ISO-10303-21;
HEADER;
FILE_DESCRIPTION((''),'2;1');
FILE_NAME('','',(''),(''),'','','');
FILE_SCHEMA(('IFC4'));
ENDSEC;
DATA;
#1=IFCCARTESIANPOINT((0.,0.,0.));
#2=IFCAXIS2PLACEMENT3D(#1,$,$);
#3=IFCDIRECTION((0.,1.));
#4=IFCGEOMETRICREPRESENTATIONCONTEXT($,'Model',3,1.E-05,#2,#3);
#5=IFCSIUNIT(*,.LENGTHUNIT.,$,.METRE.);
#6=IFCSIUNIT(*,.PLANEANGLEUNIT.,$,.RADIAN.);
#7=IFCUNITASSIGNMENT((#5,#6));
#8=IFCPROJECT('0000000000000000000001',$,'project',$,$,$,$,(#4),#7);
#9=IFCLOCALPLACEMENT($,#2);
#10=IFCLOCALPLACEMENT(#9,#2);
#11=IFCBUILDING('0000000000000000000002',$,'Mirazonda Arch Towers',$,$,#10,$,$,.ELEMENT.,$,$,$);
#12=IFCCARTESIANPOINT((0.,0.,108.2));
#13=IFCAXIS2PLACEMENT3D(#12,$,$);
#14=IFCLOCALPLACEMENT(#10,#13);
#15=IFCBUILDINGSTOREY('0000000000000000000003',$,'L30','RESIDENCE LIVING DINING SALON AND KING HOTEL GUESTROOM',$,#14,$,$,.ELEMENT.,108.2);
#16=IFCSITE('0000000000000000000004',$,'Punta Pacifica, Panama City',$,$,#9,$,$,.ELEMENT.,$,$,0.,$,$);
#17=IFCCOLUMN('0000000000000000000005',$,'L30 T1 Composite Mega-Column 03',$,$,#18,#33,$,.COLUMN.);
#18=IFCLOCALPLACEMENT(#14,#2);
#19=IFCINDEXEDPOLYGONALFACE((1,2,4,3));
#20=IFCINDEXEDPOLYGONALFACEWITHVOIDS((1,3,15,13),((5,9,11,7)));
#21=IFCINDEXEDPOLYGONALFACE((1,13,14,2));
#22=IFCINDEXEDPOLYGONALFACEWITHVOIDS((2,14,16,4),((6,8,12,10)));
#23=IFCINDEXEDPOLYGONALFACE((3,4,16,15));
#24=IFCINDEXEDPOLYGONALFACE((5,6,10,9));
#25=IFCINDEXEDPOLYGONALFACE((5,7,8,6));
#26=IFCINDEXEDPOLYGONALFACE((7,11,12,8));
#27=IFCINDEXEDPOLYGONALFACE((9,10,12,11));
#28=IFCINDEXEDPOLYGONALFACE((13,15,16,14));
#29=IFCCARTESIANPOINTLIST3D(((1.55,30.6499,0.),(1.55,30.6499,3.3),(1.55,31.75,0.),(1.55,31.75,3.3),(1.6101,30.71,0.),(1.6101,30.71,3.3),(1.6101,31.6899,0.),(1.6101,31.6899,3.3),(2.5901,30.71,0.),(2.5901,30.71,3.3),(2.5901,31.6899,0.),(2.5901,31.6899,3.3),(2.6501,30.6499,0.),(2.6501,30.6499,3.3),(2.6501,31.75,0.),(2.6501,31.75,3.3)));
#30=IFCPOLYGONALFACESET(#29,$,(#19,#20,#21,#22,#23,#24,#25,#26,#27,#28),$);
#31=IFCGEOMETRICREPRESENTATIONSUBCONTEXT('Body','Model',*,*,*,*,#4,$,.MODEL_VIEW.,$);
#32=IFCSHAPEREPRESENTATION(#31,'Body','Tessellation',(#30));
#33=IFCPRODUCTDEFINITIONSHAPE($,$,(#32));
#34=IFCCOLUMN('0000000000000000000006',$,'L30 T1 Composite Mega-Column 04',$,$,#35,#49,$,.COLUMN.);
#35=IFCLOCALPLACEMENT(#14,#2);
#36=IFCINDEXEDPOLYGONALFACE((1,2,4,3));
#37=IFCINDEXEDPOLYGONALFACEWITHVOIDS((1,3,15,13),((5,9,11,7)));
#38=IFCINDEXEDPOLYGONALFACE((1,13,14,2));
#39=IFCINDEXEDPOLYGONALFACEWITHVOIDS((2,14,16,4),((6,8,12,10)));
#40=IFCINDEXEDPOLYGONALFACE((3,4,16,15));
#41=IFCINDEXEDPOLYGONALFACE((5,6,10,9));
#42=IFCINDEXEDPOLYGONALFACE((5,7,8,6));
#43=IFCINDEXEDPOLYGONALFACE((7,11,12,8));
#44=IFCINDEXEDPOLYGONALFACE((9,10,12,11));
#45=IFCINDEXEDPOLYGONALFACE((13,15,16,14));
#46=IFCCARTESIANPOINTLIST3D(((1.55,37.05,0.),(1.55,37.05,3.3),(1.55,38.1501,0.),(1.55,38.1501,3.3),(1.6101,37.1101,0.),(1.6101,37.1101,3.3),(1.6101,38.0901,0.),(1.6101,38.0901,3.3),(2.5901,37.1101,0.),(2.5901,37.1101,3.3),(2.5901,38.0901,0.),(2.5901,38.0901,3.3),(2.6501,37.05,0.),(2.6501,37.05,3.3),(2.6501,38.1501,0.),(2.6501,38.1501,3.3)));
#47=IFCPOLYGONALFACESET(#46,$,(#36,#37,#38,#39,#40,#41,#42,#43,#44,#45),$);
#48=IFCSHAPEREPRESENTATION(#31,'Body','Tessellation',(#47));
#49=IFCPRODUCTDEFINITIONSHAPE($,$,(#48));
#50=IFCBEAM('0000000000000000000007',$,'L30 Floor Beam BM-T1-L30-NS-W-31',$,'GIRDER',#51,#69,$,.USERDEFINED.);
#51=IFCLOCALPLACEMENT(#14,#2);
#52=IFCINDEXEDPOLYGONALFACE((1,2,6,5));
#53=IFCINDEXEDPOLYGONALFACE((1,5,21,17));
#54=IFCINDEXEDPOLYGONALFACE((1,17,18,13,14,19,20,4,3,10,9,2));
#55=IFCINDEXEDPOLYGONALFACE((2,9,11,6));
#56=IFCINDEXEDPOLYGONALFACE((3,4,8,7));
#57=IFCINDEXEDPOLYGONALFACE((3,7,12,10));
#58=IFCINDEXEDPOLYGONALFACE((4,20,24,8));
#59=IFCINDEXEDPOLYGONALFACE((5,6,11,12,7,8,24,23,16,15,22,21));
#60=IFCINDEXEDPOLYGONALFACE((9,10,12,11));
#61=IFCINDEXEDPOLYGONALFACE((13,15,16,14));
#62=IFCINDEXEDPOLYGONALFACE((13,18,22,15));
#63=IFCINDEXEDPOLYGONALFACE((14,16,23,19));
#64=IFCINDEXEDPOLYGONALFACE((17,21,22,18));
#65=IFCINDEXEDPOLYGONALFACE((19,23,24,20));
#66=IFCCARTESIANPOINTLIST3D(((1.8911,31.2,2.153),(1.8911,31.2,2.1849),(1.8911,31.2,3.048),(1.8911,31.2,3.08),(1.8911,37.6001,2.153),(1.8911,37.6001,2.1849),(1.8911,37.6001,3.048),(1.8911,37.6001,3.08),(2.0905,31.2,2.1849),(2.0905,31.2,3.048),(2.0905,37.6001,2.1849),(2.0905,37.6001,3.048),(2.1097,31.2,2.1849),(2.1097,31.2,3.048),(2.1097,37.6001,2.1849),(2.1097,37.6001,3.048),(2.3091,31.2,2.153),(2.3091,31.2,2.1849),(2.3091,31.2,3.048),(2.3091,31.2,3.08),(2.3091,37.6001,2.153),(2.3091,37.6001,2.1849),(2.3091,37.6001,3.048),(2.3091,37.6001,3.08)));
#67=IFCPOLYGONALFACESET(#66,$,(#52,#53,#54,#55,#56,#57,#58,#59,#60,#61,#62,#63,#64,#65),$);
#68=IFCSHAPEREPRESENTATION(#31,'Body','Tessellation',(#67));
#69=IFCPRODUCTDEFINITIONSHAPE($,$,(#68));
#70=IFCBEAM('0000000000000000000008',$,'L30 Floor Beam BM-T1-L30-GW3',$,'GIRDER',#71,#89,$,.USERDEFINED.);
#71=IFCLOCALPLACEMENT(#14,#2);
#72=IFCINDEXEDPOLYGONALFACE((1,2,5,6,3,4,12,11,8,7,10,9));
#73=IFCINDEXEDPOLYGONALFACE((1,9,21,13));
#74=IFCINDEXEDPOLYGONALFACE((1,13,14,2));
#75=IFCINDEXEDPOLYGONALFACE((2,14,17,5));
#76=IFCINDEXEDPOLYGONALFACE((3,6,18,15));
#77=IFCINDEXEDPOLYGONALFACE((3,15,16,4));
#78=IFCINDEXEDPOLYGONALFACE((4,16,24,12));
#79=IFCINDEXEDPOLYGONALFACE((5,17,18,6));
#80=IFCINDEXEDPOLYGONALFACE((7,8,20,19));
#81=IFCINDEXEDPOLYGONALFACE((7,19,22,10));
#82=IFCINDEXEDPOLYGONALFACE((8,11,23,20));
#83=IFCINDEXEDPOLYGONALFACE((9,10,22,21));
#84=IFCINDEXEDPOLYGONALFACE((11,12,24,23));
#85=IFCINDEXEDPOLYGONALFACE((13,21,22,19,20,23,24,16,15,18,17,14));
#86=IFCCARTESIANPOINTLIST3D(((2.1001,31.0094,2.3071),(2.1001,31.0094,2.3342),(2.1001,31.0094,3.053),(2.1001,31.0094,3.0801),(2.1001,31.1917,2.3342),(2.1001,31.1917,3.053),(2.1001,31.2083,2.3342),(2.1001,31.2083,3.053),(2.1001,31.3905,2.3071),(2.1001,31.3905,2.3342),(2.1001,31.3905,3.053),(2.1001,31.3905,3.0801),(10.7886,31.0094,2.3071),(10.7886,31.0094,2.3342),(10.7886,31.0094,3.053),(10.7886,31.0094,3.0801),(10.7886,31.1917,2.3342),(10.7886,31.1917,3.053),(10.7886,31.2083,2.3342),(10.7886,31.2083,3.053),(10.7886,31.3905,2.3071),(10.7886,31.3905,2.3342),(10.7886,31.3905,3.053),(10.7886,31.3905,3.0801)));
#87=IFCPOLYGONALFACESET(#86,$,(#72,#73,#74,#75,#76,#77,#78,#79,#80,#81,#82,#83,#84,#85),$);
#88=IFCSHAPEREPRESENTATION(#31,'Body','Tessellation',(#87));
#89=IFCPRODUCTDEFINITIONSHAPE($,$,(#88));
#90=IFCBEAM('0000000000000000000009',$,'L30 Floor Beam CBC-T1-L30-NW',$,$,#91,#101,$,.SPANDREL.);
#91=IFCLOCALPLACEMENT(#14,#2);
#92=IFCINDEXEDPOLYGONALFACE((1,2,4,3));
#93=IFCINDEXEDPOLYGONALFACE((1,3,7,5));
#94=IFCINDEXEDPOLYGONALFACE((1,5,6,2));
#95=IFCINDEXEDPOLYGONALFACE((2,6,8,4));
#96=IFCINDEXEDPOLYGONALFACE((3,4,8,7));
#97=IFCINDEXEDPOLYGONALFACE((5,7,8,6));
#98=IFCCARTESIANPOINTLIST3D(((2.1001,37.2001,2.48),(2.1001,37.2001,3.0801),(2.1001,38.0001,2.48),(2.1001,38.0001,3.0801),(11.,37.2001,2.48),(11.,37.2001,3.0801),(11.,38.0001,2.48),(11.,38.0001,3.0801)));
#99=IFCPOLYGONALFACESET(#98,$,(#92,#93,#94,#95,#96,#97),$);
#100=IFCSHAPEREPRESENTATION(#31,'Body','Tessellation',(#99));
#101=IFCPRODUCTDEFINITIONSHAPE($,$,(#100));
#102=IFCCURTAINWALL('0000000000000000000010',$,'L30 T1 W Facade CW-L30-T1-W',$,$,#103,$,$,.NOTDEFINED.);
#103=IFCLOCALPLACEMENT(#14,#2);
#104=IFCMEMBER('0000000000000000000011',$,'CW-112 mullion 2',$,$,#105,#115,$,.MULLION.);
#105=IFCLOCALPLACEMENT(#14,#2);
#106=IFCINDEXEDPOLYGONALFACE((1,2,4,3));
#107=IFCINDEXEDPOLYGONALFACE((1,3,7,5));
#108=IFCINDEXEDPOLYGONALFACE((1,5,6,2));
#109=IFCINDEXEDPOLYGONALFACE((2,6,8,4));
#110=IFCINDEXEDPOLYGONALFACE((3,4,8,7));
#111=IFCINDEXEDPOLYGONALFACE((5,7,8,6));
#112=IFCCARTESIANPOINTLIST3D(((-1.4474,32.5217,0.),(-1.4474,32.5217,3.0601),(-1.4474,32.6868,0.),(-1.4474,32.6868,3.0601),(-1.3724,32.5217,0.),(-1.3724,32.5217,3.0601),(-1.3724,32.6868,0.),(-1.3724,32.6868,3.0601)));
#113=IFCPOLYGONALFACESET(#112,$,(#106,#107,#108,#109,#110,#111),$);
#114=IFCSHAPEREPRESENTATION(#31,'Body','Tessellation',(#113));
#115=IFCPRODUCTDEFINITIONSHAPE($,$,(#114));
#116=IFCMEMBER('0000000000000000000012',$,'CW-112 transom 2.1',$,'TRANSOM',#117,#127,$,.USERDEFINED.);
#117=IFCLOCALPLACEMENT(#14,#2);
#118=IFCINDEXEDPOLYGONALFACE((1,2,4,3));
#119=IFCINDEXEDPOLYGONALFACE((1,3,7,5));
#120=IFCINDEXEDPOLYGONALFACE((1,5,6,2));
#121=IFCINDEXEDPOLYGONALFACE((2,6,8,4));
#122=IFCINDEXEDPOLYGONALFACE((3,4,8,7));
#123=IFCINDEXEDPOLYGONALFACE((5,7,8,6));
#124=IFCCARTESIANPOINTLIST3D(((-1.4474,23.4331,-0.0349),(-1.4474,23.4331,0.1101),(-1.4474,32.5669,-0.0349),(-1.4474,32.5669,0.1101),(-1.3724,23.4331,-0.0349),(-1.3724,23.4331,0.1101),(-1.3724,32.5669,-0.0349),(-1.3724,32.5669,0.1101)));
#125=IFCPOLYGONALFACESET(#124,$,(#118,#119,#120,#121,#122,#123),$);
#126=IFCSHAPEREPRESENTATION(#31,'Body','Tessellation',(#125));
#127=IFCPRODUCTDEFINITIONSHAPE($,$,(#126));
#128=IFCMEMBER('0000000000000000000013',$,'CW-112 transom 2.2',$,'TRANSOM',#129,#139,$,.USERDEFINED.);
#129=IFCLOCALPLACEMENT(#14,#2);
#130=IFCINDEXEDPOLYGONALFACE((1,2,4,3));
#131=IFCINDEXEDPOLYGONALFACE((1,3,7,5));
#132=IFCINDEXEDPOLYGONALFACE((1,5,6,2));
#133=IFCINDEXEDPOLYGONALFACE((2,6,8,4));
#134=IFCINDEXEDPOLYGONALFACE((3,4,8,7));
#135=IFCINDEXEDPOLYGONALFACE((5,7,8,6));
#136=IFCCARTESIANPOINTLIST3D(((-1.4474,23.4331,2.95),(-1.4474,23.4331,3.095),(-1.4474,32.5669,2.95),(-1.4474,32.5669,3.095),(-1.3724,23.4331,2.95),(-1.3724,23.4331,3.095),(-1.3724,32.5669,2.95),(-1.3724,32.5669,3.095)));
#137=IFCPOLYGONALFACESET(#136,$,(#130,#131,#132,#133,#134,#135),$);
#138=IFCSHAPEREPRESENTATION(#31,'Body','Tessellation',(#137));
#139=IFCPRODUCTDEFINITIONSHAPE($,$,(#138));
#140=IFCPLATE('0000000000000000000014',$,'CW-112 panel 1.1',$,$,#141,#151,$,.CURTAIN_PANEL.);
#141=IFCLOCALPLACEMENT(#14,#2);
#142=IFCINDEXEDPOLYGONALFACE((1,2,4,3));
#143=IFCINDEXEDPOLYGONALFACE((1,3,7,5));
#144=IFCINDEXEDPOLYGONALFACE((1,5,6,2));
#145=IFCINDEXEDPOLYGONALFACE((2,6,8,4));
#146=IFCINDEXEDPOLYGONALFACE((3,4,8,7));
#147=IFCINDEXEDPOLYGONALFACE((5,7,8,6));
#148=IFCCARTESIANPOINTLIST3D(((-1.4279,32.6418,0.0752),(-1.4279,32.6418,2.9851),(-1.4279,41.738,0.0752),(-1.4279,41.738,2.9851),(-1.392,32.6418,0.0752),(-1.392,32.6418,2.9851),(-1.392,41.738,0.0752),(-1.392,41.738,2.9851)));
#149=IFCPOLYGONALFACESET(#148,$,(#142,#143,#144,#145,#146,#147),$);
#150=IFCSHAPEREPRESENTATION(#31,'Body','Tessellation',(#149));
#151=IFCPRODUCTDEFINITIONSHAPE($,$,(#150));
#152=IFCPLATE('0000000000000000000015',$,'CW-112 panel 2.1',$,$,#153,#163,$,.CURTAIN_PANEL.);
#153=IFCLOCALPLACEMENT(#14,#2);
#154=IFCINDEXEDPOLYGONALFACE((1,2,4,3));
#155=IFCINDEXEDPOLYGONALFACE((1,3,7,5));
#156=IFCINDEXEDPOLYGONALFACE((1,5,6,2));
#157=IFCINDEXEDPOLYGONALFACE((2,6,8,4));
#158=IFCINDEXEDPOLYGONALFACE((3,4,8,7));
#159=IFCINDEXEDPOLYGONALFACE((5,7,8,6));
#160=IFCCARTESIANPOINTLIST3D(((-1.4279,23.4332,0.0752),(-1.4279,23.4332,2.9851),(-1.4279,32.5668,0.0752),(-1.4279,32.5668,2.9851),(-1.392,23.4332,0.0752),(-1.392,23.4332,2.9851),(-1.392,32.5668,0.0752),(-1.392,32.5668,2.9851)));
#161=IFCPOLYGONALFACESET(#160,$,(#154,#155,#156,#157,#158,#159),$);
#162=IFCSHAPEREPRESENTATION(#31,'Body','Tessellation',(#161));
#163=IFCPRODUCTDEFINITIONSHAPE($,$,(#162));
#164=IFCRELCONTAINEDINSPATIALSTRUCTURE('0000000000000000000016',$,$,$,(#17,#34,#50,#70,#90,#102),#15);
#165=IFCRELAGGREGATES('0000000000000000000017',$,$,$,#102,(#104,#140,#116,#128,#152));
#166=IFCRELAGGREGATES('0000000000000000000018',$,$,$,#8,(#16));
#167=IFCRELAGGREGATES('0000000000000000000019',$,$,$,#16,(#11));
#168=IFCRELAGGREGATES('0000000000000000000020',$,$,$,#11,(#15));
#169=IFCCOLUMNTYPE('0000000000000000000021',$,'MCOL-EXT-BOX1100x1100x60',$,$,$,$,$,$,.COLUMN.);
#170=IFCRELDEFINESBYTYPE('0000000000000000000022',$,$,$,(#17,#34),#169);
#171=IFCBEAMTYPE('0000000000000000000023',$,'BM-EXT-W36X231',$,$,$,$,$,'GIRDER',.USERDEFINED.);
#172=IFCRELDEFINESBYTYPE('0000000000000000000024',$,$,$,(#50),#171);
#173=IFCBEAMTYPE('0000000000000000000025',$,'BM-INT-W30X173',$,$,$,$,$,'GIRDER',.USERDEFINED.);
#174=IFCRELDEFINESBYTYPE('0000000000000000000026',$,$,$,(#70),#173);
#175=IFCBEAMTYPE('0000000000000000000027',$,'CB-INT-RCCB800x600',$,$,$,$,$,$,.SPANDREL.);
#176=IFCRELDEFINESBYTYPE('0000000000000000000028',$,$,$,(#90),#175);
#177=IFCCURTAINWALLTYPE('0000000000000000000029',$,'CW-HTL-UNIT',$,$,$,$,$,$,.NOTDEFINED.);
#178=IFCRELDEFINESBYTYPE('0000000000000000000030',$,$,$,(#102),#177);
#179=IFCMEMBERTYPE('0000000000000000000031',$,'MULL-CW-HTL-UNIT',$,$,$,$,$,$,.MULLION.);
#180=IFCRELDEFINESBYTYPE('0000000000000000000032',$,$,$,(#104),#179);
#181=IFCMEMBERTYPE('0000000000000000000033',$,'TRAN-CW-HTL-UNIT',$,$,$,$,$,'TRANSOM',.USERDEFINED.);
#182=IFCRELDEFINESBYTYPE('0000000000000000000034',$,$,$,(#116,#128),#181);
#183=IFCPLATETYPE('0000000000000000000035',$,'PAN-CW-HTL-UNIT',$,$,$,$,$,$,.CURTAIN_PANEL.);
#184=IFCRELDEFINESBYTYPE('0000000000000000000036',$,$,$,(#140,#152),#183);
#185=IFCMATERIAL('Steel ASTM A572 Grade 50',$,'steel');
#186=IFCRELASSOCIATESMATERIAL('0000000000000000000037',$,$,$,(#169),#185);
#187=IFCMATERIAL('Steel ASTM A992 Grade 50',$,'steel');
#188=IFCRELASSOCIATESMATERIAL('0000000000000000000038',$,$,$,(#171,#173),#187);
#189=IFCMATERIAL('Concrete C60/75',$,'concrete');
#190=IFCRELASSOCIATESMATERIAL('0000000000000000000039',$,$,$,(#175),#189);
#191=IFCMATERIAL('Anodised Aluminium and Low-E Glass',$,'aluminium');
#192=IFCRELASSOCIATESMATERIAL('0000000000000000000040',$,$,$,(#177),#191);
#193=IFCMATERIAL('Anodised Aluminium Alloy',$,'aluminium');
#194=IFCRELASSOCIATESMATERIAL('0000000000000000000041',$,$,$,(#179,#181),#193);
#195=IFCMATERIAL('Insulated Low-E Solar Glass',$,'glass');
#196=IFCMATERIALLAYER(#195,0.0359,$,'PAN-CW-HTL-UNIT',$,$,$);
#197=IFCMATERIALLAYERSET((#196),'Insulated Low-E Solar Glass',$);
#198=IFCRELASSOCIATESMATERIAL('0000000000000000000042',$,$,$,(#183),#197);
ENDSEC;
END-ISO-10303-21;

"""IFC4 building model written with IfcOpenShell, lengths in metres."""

from ifc_helpers import new_model, si_unit, direction, frame, origin, origin_2d, place, context, subcontext, project, spatial, rectangle, hollow_rectangle, i_section, extrude, material, layer, layer_set, material_profile, profile_set, type_object, element, aggregate, save


model = new_model("IFC4")

# Units and contexts
model_context = context("Model", 3, precision=1e-05, world=origin(), true_north=direction((0.0, 1.0)))
body_context = subcontext(model_context, "Body", "Model", "MODEL_VIEW")
ifc_project = project(units=[si_unit("LENGTHUNIT", "METRE"), si_unit("PLANEANGLEUNIT", "RADIAN")], contexts=[model_context])

# Site, building, storey
site_placement = place(None, origin())
site = spatial("IfcSite", under=ifc_project, at=site_placement, Name="Punta Pacifica, Panama City", CompositionType="ELEMENT", RefElevation=0.0)
building_placement = place(site_placement, origin())
building = spatial("IfcBuilding", under=site, at=building_placement, Name="Mirazonda Arch Towers", CompositionType="ELEMENT")
storey_placement = place(building_placement, frame((0.0, 0.0, 108.2)))
storey = spatial("IfcBuildingStorey", under=building, at=storey_placement, Name="L30", Description="RESIDENCE LIVING DINING SALON AND KING HOTEL GUESTROOM", CompositionType="ELEMENT", Elevation=108.2)

# Columns
ifc_material_1 = material(Name="Steel ASTM A572 Grade 50", Category="steel")
ifc_material_profile_1 = material_profile(ifc_material_1, hollow_rectangle(XDim=1.1001, YDim=1.1001, WallThickness=0.0601, at=origin_2d()), Name="BOX1100x1100x60")
ifc_profile_set_1 = profile_set([ifc_material_profile_1], Name="Steel ASTM A572 Grade 50")
column_type = type_object("IfcColumnType", Name="MCOL-EXT-BOX1100x1100x60", PredefinedType="COLUMN", material=ifc_profile_set_1)
for number, where, z_axis, x_axis, name in (
    (1, (2.1001, 31.2, 0.0), (0.0, 0.0, 1.0), (1.0, 0.0, 0.0), "L30 T1 Composite Mega-Column 03"),
    (2, (2.1001, 37.6001, 0.0), (0.0, 0.0, 1.0), (1.0, 0.0, 0.0), "L30 T1 Composite Mega-Column 04"),
):
    element("IfcColumn", number, at=place(storey_placement, frame(where, z_axis=z_axis, x_axis=x_axis)), inside=storey, type_object=column_type, Name=name, PredefinedType="COLUMN", context=body_context, shape_type="SweptSolid", body=[
        extrude(hollow_rectangle(XDim=1.1001, YDim=1.1001, WallThickness=0.0601, at=origin_2d()), origin(), (0.0, 0.0, 1.0), 3.3),
    ])

# Beams
ifc_material_2 = material(Name="Steel ASTM A992 Grade 50", Category="steel")
ifc_material_profile_2 = material_profile(ifc_material_2, i_section(OverallWidth=0.418, OverallDepth=0.927, WebThickness=0.0193, FlangeThickness=0.032, at=origin_2d()), Name="W36X231")
ifc_profile_set_2 = profile_set([ifc_material_profile_2], Name="Steel ASTM A992 Grade 50")
beam_type_1 = type_object("IfcBeamType", Name="BM-EXT-W36X231", ElementType="GIRDER", PredefinedType="USERDEFINED", material=ifc_profile_set_2)
beam_1_placement = place(storey_placement, frame((2.1001, 31.2, 2.6165), z_axis=(0.0, 1.0, 0.0), x_axis=(-1.0, 0.0, 0.0)))
element("IfcBeam", 3, at=beam_1_placement, inside=storey, type_object=beam_type_1, Name="L30 Floor Beam BM-T1-L30-NS-W-31", ObjectType="GIRDER", PredefinedType="USERDEFINED", context=body_context, shape_type="SweptSolid", body=[
    extrude(i_section(OverallWidth=0.418, OverallDepth=0.927, WebThickness=0.0193, FlangeThickness=0.032, at=origin_2d()), origin(), (0.0, 0.0, 1.0), 6.4001),
])
ifc_material_profile_3 = material_profile(ifc_material_2, i_section(OverallWidth=0.3811, OverallDepth=0.7729, WebThickness=0.0166, FlangeThickness=0.0271, at=origin_2d()), Name="W30X173")
ifc_profile_set_3 = profile_set([ifc_material_profile_3], Name="Steel ASTM A992 Grade 50")
beam_type_2 = type_object("IfcBeamType", Name="BM-INT-W30X173", ElementType="GIRDER", PredefinedType="USERDEFINED", material=ifc_profile_set_3)
beam_2_placement = place(storey_placement, frame((2.1001, 31.2, 2.6936), z_axis=(1.0, 0.0, 0.0), x_axis=(0.0, 1.0, 0.0)))
element("IfcBeam", 4, at=beam_2_placement, inside=storey, type_object=beam_type_2, Name="L30 Floor Beam BM-T1-L30-GW3", ObjectType="GIRDER", PredefinedType="USERDEFINED", context=body_context, shape_type="SweptSolid", body=[
    extrude(i_section(OverallWidth=0.3811, OverallDepth=0.7729, WebThickness=0.0166, FlangeThickness=0.0271, at=origin_2d()), origin(), (0.0, 0.0, 1.0), 8.6885),
])
ifc_material_3 = material(Name="Concrete C60/75", Category="concrete")
ifc_material_profile_4 = material_profile(ifc_material_3, rectangle(XDim=0.8, YDim=0.6001, at=origin_2d()), Name="RCCB800x600")
ifc_profile_set_4 = profile_set([ifc_material_profile_4], Name="Concrete C60/75")
beam_type_3 = type_object("IfcBeamType", Name="CB-INT-RCCB800x600", PredefinedType="SPANDREL", material=ifc_profile_set_4)
beam_3_placement = place(storey_placement, frame((2.1001, 37.6001, 2.78), z_axis=(1.0, 0.0, 0.0), x_axis=(0.0, 1.0, 0.0)))
element("IfcBeam", 5, at=beam_3_placement, inside=storey, type_object=beam_type_3, Name="L30 Floor Beam CBC-T1-L30-NW", PredefinedType="SPANDREL", context=body_context, shape_type="SweptSolid", body=[
    extrude(rectangle(XDim=0.8, YDim=0.6001, at=origin_2d()), origin(), (0.0, 0.0, 1.0), 8.8999),
])

# Curtain wall, members, plates
ifc_material_4 = material(Name="Anodised Aluminium and Low-E Glass", Category="aluminium")
curtain_wall_type = type_object("IfcCurtainWallType", Name="CW-HTL-UNIT", PredefinedType="NOTDEFINED", material=ifc_material_4)
curtain_wall_placement = place(storey_placement, origin())
curtain_wall = element("IfcCurtainWall", 6, at=curtain_wall_placement, inside=storey, type_object=curtain_wall_type, Name="L30 T1 W Facade CW-L30-T1-W", PredefinedType="NOTDEFINED")
ifc_material_5 = material(Name="Anodised Aluminium Alloy", Category="aluminium")
ifc_material_profile_5 = material_profile(ifc_material_5, rectangle(XDim=0.075, YDim=0.165, at=origin_2d()), Name="ALU-MULL-75x165")
ifc_profile_set_5 = profile_set([ifc_material_profile_5], Name="Anodised Aluminium Alloy")
member_type_1 = type_object("IfcMemberType", Name="MULL-CW-HTL-UNIT", PredefinedType="MULLION", material=ifc_profile_set_5)
member_1_placement = place(storey_placement, frame((-1.4099, 32.6042, 0.0), z_axis=(0.0, 0.0, 1.0), x_axis=(1.0, 0.0, 0.0)))
member_1 = element("IfcMember", 7, at=member_1_placement, type_object=member_type_1, Name="CW-112 mullion 2", PredefinedType="MULLION", context=body_context, shape_type="SweptSolid", body=[
    extrude(rectangle(XDim=0.075, YDim=0.165, at=origin_2d()), origin(), (0.0, 0.0, 1.0), 3.0601),
])
ifc_material_profile_6 = material_profile(ifc_material_5, rectangle(XDim=0.075, YDim=0.145, at=origin_2d()), Name="ALU-TRAN-75x145")
ifc_profile_set_6 = profile_set([ifc_material_profile_6], Name="Anodised Aluminium Alloy")
member_type_2 = type_object("IfcMemberType", Name="TRAN-CW-HTL-UNIT", ElementType="TRANSOM", PredefinedType="USERDEFINED", material=ifc_profile_set_6)
member_2_placement = place(storey_placement, frame((-1.4099, 32.5669, 0.0376), z_axis=(0.0, -1.0, 0.0), x_axis=(1.0, 0.0, 0.0)))
member_2 = element("IfcMember", 8, at=member_2_placement, type_object=member_type_2, Name="CW-112 transom 2.1", ObjectType="TRANSOM", PredefinedType="USERDEFINED", context=body_context, shape_type="SweptSolid", body=[
    extrude(rectangle(XDim=0.075, YDim=0.145, at=origin_2d()), origin(), (0.0, 0.0, 1.0), 9.1338),
])
member_3_placement = place(storey_placement, frame((-1.4099, 32.5669, 3.0225), z_axis=(0.0, -1.0, 0.0), x_axis=(1.0, 0.0, 0.0)))
member_3 = element("IfcMember", 9, at=member_3_placement, type_object=member_type_2, Name="CW-112 transom 2.2", ObjectType="TRANSOM", PredefinedType="USERDEFINED", context=body_context, shape_type="SweptSolid", body=[
    extrude(rectangle(XDim=0.075, YDim=0.145, at=origin_2d()), origin(), (0.0, 0.0, 1.0), 9.1338),
])
ifc_material_6 = material(Name="Insulated Low-E Solar Glass", Category="glass")
ifc_layer_1 = layer(ifc_material_6, 0.0359, Name="PAN-CW-HTL-UNIT")
ifc_layer_set_1 = layer_set([ifc_layer_1], Name="Insulated Low-E Solar Glass")
plate_type = type_object("IfcPlateType", Name="PAN-CW-HTL-UNIT", PredefinedType="CURTAIN_PANEL", material=ifc_layer_set_1)
plate_1_placement = place(storey_placement, frame((-1.4099, 37.1899, 0.0752), z_axis=(0.0, 0.0, 1.0), x_axis=(0.0, -1.0, 0.0)))
plate_1 = element("IfcPlate", 10, at=plate_1_placement, type_object=plate_type, Name="CW-112 panel 1.1", PredefinedType="CURTAIN_PANEL", context=body_context, shape_type="SweptSolid", body=[
    extrude(rectangle(XDim=9.0962, YDim=0.0359, at=origin_2d()), origin(), (0.0, 0.0, 1.0), 2.9099),
])
plate_2_placement = place(storey_placement, frame((-1.4099, 28.0, 0.0752), z_axis=(0.0, 0.0, 1.0), x_axis=(0.0, -1.0, 0.0)))
plate_2 = element("IfcPlate", 11, at=plate_2_placement, type_object=plate_type, Name="CW-112 panel 2.1", PredefinedType="CURTAIN_PANEL", context=body_context, shape_type="SweptSolid", body=[
    extrude(rectangle(XDim=9.1335, YDim=0.0359, at=origin_2d()), origin(), (0.0, 0.0, 1.0), 2.9099),
])
aggregate(curtain_wall, [member_1, plate_1, member_2, member_3, plate_2])

save(model, "model.ifc")
